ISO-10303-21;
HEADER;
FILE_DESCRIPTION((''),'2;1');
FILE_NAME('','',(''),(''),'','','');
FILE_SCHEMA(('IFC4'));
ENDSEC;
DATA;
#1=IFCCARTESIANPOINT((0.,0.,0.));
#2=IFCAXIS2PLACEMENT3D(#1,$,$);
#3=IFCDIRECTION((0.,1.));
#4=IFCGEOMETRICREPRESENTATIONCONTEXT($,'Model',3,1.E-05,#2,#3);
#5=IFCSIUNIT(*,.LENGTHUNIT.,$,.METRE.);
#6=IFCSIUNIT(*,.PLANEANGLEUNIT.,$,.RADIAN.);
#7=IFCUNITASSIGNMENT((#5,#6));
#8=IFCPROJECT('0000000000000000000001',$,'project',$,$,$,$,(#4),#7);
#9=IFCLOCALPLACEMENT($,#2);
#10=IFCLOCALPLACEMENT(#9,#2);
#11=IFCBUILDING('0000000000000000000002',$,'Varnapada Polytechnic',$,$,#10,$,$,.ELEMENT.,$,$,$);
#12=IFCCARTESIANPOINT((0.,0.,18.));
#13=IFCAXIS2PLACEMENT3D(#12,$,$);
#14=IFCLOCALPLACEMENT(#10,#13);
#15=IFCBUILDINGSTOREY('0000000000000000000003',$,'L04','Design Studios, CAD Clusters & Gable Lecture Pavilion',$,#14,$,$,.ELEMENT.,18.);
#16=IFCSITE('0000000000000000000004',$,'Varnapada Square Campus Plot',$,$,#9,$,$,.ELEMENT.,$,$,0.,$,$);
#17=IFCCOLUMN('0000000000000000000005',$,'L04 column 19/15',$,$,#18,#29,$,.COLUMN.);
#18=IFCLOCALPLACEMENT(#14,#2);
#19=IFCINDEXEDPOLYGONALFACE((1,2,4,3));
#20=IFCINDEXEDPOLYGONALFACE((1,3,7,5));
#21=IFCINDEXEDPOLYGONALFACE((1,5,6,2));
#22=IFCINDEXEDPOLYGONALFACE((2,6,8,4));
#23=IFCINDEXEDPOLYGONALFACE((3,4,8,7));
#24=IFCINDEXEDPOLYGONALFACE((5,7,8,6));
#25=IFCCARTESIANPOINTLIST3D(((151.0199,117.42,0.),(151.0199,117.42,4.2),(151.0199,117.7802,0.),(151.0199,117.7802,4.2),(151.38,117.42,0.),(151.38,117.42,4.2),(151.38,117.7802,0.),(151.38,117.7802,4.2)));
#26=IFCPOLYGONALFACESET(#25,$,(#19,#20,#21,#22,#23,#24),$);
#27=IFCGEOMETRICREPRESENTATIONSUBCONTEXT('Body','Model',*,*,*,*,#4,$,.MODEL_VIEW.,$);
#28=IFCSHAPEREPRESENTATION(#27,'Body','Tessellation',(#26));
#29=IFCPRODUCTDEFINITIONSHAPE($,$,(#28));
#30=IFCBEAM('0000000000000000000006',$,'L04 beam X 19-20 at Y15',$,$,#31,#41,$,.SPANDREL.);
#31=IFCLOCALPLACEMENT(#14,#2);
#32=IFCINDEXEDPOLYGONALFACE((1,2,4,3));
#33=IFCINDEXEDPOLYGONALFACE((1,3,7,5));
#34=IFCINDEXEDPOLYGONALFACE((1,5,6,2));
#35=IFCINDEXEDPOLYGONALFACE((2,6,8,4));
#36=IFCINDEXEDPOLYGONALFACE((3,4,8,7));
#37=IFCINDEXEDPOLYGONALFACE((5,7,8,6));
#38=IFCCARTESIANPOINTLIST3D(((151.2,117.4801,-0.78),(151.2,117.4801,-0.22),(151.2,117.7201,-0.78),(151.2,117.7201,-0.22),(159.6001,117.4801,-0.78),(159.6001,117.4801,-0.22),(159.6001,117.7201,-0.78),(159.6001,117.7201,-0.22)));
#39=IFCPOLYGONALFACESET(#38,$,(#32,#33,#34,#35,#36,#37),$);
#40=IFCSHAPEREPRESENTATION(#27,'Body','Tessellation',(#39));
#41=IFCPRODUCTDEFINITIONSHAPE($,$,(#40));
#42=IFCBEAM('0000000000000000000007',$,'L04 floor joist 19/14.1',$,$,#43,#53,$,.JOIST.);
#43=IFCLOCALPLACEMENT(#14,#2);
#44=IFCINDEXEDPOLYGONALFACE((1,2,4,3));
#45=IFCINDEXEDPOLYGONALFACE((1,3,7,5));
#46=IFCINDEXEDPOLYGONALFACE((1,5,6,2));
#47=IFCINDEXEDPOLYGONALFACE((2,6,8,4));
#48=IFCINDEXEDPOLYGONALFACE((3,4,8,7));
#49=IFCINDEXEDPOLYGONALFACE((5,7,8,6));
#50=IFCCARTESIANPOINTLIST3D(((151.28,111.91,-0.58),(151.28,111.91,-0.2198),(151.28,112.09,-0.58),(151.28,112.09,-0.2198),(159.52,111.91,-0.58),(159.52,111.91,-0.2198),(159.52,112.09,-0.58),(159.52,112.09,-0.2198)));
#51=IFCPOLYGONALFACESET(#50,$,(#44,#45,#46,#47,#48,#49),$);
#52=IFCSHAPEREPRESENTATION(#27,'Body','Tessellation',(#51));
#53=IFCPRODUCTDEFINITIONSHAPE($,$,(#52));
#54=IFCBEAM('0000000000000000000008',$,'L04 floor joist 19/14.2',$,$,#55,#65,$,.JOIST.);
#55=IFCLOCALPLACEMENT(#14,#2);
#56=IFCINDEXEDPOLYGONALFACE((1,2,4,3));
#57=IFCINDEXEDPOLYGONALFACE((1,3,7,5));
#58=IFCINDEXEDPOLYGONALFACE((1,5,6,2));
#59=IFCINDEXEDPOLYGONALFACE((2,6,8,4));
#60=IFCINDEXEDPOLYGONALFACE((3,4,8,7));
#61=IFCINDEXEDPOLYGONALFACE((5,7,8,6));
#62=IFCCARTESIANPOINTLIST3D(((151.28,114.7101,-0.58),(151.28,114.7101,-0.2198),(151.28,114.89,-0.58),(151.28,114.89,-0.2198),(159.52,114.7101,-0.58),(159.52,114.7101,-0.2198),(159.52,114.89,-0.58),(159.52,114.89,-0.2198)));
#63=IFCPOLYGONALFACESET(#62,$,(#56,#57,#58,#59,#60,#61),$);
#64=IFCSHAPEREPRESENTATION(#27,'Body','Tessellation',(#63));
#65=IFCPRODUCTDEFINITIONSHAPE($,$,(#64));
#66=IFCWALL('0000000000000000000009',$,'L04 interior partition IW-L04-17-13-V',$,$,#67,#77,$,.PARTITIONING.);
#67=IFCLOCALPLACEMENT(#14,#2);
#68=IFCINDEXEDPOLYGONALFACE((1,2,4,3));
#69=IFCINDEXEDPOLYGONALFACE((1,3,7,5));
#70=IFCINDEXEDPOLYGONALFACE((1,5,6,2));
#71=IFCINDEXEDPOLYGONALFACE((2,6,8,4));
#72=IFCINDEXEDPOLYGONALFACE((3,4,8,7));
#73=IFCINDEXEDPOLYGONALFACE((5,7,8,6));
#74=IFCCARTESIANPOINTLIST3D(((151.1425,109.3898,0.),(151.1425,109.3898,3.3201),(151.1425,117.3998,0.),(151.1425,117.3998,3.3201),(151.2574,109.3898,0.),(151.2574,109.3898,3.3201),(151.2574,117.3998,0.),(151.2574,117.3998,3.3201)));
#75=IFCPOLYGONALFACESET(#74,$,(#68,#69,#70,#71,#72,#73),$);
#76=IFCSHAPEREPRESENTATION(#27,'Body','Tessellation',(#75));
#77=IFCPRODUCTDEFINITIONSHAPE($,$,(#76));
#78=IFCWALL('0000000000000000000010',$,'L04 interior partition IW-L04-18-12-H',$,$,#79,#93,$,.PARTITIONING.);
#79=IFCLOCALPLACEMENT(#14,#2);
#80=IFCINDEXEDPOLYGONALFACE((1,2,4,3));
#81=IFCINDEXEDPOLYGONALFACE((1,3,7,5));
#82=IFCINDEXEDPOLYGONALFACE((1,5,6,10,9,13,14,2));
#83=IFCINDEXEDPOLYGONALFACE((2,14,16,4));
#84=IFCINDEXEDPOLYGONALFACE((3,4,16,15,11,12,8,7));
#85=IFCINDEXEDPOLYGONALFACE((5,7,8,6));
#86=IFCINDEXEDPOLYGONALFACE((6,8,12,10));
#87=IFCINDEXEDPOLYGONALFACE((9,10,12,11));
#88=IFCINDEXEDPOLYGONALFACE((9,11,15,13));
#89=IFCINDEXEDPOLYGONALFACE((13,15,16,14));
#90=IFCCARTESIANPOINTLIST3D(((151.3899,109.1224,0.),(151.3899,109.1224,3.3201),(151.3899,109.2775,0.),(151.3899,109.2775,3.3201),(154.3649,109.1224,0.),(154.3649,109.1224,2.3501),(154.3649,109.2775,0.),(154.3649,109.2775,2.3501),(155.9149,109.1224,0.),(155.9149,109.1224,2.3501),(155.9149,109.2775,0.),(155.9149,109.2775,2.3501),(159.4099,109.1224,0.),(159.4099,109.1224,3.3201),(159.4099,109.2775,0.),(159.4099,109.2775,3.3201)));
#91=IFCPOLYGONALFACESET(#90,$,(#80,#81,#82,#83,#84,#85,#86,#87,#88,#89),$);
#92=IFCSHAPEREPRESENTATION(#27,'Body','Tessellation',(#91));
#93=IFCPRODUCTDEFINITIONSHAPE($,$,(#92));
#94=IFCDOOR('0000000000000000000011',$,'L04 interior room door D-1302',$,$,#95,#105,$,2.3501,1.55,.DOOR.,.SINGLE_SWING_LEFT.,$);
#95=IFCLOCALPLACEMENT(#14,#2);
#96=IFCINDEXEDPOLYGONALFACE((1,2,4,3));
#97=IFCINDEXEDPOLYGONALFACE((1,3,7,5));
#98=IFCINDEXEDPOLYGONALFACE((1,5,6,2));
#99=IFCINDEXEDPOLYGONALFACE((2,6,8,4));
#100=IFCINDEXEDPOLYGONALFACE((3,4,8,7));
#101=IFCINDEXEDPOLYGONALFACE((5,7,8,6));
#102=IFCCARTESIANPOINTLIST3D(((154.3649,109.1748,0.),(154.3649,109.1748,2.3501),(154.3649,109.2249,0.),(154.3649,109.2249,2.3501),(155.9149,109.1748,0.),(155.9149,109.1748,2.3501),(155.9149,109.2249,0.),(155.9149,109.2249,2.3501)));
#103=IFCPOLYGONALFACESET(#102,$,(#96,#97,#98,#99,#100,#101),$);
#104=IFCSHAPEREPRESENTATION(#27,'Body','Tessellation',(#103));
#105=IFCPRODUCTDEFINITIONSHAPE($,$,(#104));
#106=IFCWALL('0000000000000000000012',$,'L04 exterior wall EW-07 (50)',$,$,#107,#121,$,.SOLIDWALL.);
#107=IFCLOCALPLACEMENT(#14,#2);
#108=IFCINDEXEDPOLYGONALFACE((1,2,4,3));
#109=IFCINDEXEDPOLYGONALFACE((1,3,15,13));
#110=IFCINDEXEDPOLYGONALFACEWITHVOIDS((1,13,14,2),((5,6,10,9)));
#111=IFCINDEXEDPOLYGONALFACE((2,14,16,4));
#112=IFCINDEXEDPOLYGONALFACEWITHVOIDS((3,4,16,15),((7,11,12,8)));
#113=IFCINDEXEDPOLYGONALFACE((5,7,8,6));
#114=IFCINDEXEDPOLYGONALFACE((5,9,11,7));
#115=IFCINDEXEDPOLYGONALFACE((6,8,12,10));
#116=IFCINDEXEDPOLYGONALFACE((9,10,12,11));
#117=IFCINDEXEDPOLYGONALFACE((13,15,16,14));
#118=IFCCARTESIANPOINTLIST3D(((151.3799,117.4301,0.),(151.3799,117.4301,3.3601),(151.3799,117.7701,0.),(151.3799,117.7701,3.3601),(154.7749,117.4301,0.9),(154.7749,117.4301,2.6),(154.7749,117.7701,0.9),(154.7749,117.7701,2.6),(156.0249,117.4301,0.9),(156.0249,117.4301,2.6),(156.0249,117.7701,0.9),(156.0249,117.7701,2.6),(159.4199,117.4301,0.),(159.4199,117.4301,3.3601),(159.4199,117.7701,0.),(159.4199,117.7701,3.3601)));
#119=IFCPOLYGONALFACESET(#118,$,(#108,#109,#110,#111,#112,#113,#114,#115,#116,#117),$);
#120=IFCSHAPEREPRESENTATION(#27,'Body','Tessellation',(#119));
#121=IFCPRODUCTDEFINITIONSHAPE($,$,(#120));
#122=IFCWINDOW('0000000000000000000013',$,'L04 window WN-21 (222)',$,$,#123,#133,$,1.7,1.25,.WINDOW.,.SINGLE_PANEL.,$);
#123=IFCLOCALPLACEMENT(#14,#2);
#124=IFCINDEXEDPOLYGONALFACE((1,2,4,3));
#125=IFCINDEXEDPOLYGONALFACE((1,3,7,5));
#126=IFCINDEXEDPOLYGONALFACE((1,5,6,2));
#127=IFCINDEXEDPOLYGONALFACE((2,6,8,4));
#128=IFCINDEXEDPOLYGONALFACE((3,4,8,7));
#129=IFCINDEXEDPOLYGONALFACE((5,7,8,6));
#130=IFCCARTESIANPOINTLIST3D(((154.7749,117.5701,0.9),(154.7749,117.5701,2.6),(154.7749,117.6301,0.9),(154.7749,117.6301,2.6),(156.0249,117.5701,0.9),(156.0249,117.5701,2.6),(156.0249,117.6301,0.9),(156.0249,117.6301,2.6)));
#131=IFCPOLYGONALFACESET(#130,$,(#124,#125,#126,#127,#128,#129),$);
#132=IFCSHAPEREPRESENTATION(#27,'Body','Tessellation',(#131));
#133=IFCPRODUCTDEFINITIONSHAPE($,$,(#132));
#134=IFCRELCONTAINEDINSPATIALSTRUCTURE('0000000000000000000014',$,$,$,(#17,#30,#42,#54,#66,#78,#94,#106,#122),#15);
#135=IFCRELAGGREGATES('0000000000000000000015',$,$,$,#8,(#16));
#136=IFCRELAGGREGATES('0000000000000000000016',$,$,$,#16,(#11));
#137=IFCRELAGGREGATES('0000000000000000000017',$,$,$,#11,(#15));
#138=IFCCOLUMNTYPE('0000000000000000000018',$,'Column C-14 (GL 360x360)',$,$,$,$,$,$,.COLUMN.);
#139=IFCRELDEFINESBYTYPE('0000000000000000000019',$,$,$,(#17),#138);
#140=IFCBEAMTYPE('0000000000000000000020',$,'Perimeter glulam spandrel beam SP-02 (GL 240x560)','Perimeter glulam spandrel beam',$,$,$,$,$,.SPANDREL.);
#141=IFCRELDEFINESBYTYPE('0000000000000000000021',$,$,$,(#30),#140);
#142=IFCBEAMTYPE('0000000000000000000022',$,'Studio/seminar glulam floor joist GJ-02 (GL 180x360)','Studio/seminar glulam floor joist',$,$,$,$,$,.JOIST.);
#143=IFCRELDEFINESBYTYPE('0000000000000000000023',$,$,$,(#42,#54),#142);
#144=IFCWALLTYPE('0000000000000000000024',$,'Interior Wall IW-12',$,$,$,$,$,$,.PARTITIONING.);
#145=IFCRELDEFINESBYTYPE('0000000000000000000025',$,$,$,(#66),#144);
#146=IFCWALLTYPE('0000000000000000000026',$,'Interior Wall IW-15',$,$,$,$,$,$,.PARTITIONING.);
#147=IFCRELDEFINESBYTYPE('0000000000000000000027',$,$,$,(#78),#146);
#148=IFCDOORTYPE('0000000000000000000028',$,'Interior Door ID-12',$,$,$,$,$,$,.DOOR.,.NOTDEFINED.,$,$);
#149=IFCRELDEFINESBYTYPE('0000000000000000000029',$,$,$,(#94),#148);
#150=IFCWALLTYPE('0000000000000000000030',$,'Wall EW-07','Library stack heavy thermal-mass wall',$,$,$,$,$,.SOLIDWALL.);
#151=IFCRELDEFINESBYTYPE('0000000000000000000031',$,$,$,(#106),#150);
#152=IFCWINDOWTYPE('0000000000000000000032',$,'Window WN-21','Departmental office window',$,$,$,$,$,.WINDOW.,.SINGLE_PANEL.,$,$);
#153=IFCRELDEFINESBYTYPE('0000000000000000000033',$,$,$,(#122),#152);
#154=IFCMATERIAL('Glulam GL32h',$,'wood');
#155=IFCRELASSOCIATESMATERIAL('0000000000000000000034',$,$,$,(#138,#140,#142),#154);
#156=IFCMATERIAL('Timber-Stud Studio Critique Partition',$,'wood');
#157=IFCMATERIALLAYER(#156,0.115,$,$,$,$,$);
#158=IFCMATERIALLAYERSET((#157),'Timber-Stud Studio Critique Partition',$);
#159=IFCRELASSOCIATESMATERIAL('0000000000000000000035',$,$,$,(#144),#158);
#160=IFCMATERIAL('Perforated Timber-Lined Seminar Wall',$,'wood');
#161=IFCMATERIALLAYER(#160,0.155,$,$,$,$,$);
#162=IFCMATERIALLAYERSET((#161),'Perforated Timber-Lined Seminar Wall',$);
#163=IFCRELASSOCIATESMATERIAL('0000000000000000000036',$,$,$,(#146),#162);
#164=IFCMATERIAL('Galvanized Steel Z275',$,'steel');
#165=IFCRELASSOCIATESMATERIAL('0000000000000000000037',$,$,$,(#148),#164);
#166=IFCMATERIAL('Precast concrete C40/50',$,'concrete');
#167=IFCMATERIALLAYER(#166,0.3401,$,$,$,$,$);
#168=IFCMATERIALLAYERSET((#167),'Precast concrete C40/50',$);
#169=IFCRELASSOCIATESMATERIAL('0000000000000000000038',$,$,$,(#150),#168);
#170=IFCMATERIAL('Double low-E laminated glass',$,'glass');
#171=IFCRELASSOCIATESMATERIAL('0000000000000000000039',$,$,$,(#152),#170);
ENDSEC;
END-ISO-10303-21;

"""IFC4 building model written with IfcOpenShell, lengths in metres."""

from ifc_helpers import new_model, si_unit, direction, frame, frame_2d, origin, origin_2d, place, context, subcontext, project, spatial, rectangle, extrude, material, layer, layer_set, material_profile, profile_set, type_object, element, fill, save


model = new_model("IFC4")

# Units and contexts
model_context = context("Model", 3, precision=1e-05, world=origin(), true_north=direction((0.0, 1.0)))
body_context = subcontext(model_context, "Body", "Model", "MODEL_VIEW")
ifc_project = project(units=[si_unit("LENGTHUNIT", "METRE"), si_unit("PLANEANGLEUNIT", "RADIAN")], contexts=[model_context])

# Site, building, storey
site_placement = place(None, origin())
site = spatial("IfcSite", under=ifc_project, at=site_placement, Name="Varnapada Square Campus Plot", CompositionType="ELEMENT", RefElevation=0.0)
building_placement = place(site_placement, origin())
building = spatial("IfcBuilding", under=site, at=building_placement, Name="Varnapada Polytechnic", CompositionType="ELEMENT")
storey_placement = place(building_placement, frame((0.0, 0.0, 18.0)))
storey = spatial("IfcBuildingStorey", under=building, at=storey_placement, Name="L04", Description="Design Studios, CAD Clusters & Gable Lecture Pavilion", CompositionType="ELEMENT", Elevation=18.0)

# Column
ifc_material_1 = material(Name="Glulam GL32h", Category="wood")
ifc_material_profile_1 = material_profile(ifc_material_1, rectangle(XDim=0.3601, YDim=0.3601, at=origin_2d()), Name="GL 360x360")
ifc_profile_set_1 = profile_set([ifc_material_profile_1], Name="Glulam GL32h")
column_type = type_object("IfcColumnType", Name="Column C-14 (GL 360x360)", PredefinedType="COLUMN", material=ifc_profile_set_1)
column_placement = place(storey_placement, frame((151.2, 117.6001, 0.0), z_axis=(0.0, 0.0, 1.0), x_axis=(1.0, 0.0, 0.0)))
element("IfcColumn", 1, at=column_placement, inside=storey, type_object=column_type, Name="L04 column 19/15", PredefinedType="COLUMN", context=body_context, shape_type="SweptSolid", body=[
    extrude(rectangle(XDim=0.3601, YDim=0.3601, at=origin_2d()), origin(), (0.0, 0.0, 1.0), 4.2),
])

# Beams
ifc_material_profile_2 = material_profile(ifc_material_1, rectangle(XDim=0.24, YDim=0.5601, at=origin_2d()), Name="GL 240x560")
ifc_profile_set_2 = profile_set([ifc_material_profile_2], Name="Glulam GL32h")
beam_type_1 = type_object("IfcBeamType", Name="Perimeter glulam spandrel beam SP-02 (GL 240x560)", Description="Perimeter glulam spandrel beam", PredefinedType="SPANDREL", material=ifc_profile_set_2)
beam_placement = place(storey_placement, frame((151.2, 117.6001, -0.5), z_axis=(1.0, 0.0, 0.0), x_axis=(0.0, 1.0, 0.0)))
element("IfcBeam", 2, at=beam_placement, inside=storey, type_object=beam_type_1, Name="L04 beam X 19-20 at Y15", PredefinedType="SPANDREL", context=body_context, shape_type="SweptSolid", body=[
    extrude(rectangle(XDim=0.24, YDim=0.5601, at=origin_2d()), origin(), (0.0, 0.0, 1.0), 8.4001),
])
ifc_material_profile_3 = material_profile(ifc_material_1, rectangle(XDim=0.1799, YDim=0.3601, at=origin_2d()), Name="GL 180x360")
ifc_profile_set_3 = profile_set([ifc_material_profile_3], Name="Glulam GL32h")
beam_type_2 = type_object("IfcBeamType", Name="Studio/seminar glulam floor joist GJ-02 (GL 180x360)", Description="Studio/seminar glulam floor joist", PredefinedType="JOIST", material=ifc_profile_set_3)
for number, where, z_axis, x_axis, name in (
    (3, (151.28, 112.0, -0.3999), (1.0, 0.0, 0.0), (0.0, 1.0, 0.0), "L04 floor joist 19/14.1"),
    (4, (151.28, 114.8, -0.3999), (1.0, 0.0, 0.0), (0.0, 1.0, 0.0), "L04 floor joist 19/14.2"),
):
    element("IfcBeam", number, at=place(storey_placement, frame(where, z_axis=z_axis, x_axis=x_axis)), inside=storey, type_object=beam_type_2, Name=name, PredefinedType="JOIST", context=body_context, shape_type="SweptSolid", body=[
        extrude(rectangle(XDim=0.1799, YDim=0.3601, at=origin_2d()), origin(), (0.0, 0.0, 1.0), 8.24),
    ])

# Wall
ifc_material_2 = material(Name="Timber-Stud Studio Critique Partition", Category="wood")
ifc_layer_1 = layer(ifc_material_2, 0.115)
ifc_layer_set_1 = layer_set([ifc_layer_1], Name="Timber-Stud Studio Critique Partition")
wall_type_1 = type_object("IfcWallType", Name="Interior Wall IW-12", PredefinedType="PARTITIONING", material=ifc_layer_set_1)
wall_1_placement = place(storey_placement, frame((151.2, 109.3899, 0.0), z_axis=(0.0, 0.0, 1.0), x_axis=(0.0, 1.0, 0.0)))
element("IfcWall", 5, at=wall_1_placement, inside=storey, type_object=wall_type_1, Name="L04 interior partition IW-L04-17-13-V", PredefinedType="PARTITIONING", context=body_context, shape_type="SweptSolid", body=[
    extrude(rectangle(XDim=8.01, YDim=0.115, at=frame_2d((4.0049, 0.0))), origin(), (0.0, 0.0, 1.0), 3.3201),
])

# Wall, opening, door
ifc_material_3 = material(Name="Perforated Timber-Lined Seminar Wall", Category="wood")
ifc_layer_2 = layer(ifc_material_3, 0.155)
ifc_layer_set_2 = layer_set([ifc_layer_2], Name="Perforated Timber-Lined Seminar Wall")
wall_type_2 = type_object("IfcWallType", Name="Interior Wall IW-15", PredefinedType="PARTITIONING", material=ifc_layer_set_2)
wall_2_placement = place(storey_placement, frame((151.3899, 109.2, 0.0), z_axis=(0.0, 0.0, 1.0), x_axis=(1.0, 0.0, 0.0)))
wall_2 = element("IfcWall", 6, at=wall_2_placement, inside=storey, type_object=wall_type_2, Name="L04 interior partition IW-L04-18-12-H", PredefinedType="PARTITIONING", context=body_context, shape_type="SweptSolid", body=[
    extrude(rectangle(XDim=8.02, YDim=0.155, at=frame_2d((4.01, 0.0))), origin(), (0.0, 0.0, 1.0), 3.3201),
])
opening_1_placement = place(wall_2_placement, frame((2.9751, 0.0, 0.0)))
opening_1 = element("IfcOpeningElement", 7, at=opening_1_placement, cuts=wall_2, PredefinedType="OPENING", context=body_context, shape_type="SweptSolid", body=[
    extrude(rectangle(XDim=1.55, YDim=2.3501, at=frame_2d((0.7749, 1.175))), frame((0.0, 0.0874, 0.0), z_axis=(0.0, -1.0, 0.0), x_axis=(1.0, 0.0, 0.0)), (0.0, 0.0, 1.0), 0.175),
])
ifc_material_4 = material(Name="Galvanized Steel Z275", Category="steel")
door_type = type_object("IfcDoorType", Name="Interior Door ID-12", OperationType="NOTDEFINED", PredefinedType="DOOR", material=ifc_material_4)
door_placement = place(opening_1_placement, origin())
door = element("IfcDoor", 8, at=door_placement, inside=storey, type_object=door_type, Name="L04 interior room door D-1302", OperationType="SINGLE_SWING_LEFT", OverallHeight=2.3501, OverallWidth=1.55, PredefinedType="DOOR", context=body_context, shape_type="SweptSolid", body=[
    extrude(rectangle(XDim=1.55, YDim=2.3501, at=frame_2d((0.7749, 1.175))), frame((0.0, 0.0249, 0.0), z_axis=(0.0, -1.0, 0.0), x_axis=(1.0, 0.0, 0.0)), (0.0, 0.0, 1.0), 0.05),
])
fill(opening_1, door)

# Wall, opening, window
ifc_material_5 = material(Name="Precast concrete C40/50", Category="concrete")
ifc_layer_3 = layer(ifc_material_5, 0.3401)
ifc_layer_set_3 = layer_set([ifc_layer_3], Name="Precast concrete C40/50")
wall_type_3 = type_object("IfcWallType", Name="Wall EW-07", Description="Library stack heavy thermal-mass wall", PredefinedType="SOLIDWALL", material=ifc_layer_set_3)
wall_3_placement = place(storey_placement, frame((151.3799, 117.6001, 0.0), z_axis=(0.0, 0.0, 1.0), x_axis=(1.0, 0.0, 0.0)))
wall_3 = element("IfcWall", 9, at=wall_3_placement, inside=storey, type_object=wall_type_3, Name="L04 exterior wall EW-07 (50)", PredefinedType="SOLIDWALL", context=body_context, shape_type="SweptSolid", body=[
    extrude(rectangle(XDim=8.04, YDim=0.3401, at=frame_2d((4.02, 0.0))), origin(), (0.0, 0.0, 1.0), 3.3601),
])
opening_2_placement = place(wall_3_placement, frame((3.395, 0.0, 0.8999)))
opening_2 = element("IfcOpeningElement", 10, at=opening_2_placement, cuts=wall_3, PredefinedType="OPENING", context=body_context, shape_type="SweptSolid", body=[
    extrude(rectangle(XDim=1.25, YDim=1.7, at=frame_2d((0.625, 0.8501))), frame((0.0, 0.1799, 0.0), z_axis=(0.0, -1.0, 0.0), x_axis=(1.0, 0.0, 0.0)), (0.0, 0.0, 1.0), 0.3601),
])
ifc_material_6 = material(Name="Double low-E laminated glass", Category="glass")
window_type = type_object("IfcWindowType", Name="Window WN-21", Description="Departmental office window", PartitioningType="SINGLE_PANEL", PredefinedType="WINDOW", material=ifc_material_6)
window_placement = place(opening_2_placement, origin())
window = element("IfcWindow", 11, at=window_placement, inside=storey, type_object=window_type, Name="L04 window WN-21 (222)", OverallHeight=1.7, OverallWidth=1.25, PartitioningType="SINGLE_PANEL", PredefinedType="WINDOW", context=body_context, shape_type="SweptSolid", body=[
    extrude(rectangle(XDim=1.25, YDim=1.7, at=frame_2d((0.625, 0.8501))), frame((0.0, 0.03, 0.0), z_axis=(0.0, -1.0, 0.0), x_axis=(1.0, 0.0, 0.0)), (0.0, 0.0, 1.0), 0.0601),
])
fill(opening_2, window)

save(model, "model.ifc")
